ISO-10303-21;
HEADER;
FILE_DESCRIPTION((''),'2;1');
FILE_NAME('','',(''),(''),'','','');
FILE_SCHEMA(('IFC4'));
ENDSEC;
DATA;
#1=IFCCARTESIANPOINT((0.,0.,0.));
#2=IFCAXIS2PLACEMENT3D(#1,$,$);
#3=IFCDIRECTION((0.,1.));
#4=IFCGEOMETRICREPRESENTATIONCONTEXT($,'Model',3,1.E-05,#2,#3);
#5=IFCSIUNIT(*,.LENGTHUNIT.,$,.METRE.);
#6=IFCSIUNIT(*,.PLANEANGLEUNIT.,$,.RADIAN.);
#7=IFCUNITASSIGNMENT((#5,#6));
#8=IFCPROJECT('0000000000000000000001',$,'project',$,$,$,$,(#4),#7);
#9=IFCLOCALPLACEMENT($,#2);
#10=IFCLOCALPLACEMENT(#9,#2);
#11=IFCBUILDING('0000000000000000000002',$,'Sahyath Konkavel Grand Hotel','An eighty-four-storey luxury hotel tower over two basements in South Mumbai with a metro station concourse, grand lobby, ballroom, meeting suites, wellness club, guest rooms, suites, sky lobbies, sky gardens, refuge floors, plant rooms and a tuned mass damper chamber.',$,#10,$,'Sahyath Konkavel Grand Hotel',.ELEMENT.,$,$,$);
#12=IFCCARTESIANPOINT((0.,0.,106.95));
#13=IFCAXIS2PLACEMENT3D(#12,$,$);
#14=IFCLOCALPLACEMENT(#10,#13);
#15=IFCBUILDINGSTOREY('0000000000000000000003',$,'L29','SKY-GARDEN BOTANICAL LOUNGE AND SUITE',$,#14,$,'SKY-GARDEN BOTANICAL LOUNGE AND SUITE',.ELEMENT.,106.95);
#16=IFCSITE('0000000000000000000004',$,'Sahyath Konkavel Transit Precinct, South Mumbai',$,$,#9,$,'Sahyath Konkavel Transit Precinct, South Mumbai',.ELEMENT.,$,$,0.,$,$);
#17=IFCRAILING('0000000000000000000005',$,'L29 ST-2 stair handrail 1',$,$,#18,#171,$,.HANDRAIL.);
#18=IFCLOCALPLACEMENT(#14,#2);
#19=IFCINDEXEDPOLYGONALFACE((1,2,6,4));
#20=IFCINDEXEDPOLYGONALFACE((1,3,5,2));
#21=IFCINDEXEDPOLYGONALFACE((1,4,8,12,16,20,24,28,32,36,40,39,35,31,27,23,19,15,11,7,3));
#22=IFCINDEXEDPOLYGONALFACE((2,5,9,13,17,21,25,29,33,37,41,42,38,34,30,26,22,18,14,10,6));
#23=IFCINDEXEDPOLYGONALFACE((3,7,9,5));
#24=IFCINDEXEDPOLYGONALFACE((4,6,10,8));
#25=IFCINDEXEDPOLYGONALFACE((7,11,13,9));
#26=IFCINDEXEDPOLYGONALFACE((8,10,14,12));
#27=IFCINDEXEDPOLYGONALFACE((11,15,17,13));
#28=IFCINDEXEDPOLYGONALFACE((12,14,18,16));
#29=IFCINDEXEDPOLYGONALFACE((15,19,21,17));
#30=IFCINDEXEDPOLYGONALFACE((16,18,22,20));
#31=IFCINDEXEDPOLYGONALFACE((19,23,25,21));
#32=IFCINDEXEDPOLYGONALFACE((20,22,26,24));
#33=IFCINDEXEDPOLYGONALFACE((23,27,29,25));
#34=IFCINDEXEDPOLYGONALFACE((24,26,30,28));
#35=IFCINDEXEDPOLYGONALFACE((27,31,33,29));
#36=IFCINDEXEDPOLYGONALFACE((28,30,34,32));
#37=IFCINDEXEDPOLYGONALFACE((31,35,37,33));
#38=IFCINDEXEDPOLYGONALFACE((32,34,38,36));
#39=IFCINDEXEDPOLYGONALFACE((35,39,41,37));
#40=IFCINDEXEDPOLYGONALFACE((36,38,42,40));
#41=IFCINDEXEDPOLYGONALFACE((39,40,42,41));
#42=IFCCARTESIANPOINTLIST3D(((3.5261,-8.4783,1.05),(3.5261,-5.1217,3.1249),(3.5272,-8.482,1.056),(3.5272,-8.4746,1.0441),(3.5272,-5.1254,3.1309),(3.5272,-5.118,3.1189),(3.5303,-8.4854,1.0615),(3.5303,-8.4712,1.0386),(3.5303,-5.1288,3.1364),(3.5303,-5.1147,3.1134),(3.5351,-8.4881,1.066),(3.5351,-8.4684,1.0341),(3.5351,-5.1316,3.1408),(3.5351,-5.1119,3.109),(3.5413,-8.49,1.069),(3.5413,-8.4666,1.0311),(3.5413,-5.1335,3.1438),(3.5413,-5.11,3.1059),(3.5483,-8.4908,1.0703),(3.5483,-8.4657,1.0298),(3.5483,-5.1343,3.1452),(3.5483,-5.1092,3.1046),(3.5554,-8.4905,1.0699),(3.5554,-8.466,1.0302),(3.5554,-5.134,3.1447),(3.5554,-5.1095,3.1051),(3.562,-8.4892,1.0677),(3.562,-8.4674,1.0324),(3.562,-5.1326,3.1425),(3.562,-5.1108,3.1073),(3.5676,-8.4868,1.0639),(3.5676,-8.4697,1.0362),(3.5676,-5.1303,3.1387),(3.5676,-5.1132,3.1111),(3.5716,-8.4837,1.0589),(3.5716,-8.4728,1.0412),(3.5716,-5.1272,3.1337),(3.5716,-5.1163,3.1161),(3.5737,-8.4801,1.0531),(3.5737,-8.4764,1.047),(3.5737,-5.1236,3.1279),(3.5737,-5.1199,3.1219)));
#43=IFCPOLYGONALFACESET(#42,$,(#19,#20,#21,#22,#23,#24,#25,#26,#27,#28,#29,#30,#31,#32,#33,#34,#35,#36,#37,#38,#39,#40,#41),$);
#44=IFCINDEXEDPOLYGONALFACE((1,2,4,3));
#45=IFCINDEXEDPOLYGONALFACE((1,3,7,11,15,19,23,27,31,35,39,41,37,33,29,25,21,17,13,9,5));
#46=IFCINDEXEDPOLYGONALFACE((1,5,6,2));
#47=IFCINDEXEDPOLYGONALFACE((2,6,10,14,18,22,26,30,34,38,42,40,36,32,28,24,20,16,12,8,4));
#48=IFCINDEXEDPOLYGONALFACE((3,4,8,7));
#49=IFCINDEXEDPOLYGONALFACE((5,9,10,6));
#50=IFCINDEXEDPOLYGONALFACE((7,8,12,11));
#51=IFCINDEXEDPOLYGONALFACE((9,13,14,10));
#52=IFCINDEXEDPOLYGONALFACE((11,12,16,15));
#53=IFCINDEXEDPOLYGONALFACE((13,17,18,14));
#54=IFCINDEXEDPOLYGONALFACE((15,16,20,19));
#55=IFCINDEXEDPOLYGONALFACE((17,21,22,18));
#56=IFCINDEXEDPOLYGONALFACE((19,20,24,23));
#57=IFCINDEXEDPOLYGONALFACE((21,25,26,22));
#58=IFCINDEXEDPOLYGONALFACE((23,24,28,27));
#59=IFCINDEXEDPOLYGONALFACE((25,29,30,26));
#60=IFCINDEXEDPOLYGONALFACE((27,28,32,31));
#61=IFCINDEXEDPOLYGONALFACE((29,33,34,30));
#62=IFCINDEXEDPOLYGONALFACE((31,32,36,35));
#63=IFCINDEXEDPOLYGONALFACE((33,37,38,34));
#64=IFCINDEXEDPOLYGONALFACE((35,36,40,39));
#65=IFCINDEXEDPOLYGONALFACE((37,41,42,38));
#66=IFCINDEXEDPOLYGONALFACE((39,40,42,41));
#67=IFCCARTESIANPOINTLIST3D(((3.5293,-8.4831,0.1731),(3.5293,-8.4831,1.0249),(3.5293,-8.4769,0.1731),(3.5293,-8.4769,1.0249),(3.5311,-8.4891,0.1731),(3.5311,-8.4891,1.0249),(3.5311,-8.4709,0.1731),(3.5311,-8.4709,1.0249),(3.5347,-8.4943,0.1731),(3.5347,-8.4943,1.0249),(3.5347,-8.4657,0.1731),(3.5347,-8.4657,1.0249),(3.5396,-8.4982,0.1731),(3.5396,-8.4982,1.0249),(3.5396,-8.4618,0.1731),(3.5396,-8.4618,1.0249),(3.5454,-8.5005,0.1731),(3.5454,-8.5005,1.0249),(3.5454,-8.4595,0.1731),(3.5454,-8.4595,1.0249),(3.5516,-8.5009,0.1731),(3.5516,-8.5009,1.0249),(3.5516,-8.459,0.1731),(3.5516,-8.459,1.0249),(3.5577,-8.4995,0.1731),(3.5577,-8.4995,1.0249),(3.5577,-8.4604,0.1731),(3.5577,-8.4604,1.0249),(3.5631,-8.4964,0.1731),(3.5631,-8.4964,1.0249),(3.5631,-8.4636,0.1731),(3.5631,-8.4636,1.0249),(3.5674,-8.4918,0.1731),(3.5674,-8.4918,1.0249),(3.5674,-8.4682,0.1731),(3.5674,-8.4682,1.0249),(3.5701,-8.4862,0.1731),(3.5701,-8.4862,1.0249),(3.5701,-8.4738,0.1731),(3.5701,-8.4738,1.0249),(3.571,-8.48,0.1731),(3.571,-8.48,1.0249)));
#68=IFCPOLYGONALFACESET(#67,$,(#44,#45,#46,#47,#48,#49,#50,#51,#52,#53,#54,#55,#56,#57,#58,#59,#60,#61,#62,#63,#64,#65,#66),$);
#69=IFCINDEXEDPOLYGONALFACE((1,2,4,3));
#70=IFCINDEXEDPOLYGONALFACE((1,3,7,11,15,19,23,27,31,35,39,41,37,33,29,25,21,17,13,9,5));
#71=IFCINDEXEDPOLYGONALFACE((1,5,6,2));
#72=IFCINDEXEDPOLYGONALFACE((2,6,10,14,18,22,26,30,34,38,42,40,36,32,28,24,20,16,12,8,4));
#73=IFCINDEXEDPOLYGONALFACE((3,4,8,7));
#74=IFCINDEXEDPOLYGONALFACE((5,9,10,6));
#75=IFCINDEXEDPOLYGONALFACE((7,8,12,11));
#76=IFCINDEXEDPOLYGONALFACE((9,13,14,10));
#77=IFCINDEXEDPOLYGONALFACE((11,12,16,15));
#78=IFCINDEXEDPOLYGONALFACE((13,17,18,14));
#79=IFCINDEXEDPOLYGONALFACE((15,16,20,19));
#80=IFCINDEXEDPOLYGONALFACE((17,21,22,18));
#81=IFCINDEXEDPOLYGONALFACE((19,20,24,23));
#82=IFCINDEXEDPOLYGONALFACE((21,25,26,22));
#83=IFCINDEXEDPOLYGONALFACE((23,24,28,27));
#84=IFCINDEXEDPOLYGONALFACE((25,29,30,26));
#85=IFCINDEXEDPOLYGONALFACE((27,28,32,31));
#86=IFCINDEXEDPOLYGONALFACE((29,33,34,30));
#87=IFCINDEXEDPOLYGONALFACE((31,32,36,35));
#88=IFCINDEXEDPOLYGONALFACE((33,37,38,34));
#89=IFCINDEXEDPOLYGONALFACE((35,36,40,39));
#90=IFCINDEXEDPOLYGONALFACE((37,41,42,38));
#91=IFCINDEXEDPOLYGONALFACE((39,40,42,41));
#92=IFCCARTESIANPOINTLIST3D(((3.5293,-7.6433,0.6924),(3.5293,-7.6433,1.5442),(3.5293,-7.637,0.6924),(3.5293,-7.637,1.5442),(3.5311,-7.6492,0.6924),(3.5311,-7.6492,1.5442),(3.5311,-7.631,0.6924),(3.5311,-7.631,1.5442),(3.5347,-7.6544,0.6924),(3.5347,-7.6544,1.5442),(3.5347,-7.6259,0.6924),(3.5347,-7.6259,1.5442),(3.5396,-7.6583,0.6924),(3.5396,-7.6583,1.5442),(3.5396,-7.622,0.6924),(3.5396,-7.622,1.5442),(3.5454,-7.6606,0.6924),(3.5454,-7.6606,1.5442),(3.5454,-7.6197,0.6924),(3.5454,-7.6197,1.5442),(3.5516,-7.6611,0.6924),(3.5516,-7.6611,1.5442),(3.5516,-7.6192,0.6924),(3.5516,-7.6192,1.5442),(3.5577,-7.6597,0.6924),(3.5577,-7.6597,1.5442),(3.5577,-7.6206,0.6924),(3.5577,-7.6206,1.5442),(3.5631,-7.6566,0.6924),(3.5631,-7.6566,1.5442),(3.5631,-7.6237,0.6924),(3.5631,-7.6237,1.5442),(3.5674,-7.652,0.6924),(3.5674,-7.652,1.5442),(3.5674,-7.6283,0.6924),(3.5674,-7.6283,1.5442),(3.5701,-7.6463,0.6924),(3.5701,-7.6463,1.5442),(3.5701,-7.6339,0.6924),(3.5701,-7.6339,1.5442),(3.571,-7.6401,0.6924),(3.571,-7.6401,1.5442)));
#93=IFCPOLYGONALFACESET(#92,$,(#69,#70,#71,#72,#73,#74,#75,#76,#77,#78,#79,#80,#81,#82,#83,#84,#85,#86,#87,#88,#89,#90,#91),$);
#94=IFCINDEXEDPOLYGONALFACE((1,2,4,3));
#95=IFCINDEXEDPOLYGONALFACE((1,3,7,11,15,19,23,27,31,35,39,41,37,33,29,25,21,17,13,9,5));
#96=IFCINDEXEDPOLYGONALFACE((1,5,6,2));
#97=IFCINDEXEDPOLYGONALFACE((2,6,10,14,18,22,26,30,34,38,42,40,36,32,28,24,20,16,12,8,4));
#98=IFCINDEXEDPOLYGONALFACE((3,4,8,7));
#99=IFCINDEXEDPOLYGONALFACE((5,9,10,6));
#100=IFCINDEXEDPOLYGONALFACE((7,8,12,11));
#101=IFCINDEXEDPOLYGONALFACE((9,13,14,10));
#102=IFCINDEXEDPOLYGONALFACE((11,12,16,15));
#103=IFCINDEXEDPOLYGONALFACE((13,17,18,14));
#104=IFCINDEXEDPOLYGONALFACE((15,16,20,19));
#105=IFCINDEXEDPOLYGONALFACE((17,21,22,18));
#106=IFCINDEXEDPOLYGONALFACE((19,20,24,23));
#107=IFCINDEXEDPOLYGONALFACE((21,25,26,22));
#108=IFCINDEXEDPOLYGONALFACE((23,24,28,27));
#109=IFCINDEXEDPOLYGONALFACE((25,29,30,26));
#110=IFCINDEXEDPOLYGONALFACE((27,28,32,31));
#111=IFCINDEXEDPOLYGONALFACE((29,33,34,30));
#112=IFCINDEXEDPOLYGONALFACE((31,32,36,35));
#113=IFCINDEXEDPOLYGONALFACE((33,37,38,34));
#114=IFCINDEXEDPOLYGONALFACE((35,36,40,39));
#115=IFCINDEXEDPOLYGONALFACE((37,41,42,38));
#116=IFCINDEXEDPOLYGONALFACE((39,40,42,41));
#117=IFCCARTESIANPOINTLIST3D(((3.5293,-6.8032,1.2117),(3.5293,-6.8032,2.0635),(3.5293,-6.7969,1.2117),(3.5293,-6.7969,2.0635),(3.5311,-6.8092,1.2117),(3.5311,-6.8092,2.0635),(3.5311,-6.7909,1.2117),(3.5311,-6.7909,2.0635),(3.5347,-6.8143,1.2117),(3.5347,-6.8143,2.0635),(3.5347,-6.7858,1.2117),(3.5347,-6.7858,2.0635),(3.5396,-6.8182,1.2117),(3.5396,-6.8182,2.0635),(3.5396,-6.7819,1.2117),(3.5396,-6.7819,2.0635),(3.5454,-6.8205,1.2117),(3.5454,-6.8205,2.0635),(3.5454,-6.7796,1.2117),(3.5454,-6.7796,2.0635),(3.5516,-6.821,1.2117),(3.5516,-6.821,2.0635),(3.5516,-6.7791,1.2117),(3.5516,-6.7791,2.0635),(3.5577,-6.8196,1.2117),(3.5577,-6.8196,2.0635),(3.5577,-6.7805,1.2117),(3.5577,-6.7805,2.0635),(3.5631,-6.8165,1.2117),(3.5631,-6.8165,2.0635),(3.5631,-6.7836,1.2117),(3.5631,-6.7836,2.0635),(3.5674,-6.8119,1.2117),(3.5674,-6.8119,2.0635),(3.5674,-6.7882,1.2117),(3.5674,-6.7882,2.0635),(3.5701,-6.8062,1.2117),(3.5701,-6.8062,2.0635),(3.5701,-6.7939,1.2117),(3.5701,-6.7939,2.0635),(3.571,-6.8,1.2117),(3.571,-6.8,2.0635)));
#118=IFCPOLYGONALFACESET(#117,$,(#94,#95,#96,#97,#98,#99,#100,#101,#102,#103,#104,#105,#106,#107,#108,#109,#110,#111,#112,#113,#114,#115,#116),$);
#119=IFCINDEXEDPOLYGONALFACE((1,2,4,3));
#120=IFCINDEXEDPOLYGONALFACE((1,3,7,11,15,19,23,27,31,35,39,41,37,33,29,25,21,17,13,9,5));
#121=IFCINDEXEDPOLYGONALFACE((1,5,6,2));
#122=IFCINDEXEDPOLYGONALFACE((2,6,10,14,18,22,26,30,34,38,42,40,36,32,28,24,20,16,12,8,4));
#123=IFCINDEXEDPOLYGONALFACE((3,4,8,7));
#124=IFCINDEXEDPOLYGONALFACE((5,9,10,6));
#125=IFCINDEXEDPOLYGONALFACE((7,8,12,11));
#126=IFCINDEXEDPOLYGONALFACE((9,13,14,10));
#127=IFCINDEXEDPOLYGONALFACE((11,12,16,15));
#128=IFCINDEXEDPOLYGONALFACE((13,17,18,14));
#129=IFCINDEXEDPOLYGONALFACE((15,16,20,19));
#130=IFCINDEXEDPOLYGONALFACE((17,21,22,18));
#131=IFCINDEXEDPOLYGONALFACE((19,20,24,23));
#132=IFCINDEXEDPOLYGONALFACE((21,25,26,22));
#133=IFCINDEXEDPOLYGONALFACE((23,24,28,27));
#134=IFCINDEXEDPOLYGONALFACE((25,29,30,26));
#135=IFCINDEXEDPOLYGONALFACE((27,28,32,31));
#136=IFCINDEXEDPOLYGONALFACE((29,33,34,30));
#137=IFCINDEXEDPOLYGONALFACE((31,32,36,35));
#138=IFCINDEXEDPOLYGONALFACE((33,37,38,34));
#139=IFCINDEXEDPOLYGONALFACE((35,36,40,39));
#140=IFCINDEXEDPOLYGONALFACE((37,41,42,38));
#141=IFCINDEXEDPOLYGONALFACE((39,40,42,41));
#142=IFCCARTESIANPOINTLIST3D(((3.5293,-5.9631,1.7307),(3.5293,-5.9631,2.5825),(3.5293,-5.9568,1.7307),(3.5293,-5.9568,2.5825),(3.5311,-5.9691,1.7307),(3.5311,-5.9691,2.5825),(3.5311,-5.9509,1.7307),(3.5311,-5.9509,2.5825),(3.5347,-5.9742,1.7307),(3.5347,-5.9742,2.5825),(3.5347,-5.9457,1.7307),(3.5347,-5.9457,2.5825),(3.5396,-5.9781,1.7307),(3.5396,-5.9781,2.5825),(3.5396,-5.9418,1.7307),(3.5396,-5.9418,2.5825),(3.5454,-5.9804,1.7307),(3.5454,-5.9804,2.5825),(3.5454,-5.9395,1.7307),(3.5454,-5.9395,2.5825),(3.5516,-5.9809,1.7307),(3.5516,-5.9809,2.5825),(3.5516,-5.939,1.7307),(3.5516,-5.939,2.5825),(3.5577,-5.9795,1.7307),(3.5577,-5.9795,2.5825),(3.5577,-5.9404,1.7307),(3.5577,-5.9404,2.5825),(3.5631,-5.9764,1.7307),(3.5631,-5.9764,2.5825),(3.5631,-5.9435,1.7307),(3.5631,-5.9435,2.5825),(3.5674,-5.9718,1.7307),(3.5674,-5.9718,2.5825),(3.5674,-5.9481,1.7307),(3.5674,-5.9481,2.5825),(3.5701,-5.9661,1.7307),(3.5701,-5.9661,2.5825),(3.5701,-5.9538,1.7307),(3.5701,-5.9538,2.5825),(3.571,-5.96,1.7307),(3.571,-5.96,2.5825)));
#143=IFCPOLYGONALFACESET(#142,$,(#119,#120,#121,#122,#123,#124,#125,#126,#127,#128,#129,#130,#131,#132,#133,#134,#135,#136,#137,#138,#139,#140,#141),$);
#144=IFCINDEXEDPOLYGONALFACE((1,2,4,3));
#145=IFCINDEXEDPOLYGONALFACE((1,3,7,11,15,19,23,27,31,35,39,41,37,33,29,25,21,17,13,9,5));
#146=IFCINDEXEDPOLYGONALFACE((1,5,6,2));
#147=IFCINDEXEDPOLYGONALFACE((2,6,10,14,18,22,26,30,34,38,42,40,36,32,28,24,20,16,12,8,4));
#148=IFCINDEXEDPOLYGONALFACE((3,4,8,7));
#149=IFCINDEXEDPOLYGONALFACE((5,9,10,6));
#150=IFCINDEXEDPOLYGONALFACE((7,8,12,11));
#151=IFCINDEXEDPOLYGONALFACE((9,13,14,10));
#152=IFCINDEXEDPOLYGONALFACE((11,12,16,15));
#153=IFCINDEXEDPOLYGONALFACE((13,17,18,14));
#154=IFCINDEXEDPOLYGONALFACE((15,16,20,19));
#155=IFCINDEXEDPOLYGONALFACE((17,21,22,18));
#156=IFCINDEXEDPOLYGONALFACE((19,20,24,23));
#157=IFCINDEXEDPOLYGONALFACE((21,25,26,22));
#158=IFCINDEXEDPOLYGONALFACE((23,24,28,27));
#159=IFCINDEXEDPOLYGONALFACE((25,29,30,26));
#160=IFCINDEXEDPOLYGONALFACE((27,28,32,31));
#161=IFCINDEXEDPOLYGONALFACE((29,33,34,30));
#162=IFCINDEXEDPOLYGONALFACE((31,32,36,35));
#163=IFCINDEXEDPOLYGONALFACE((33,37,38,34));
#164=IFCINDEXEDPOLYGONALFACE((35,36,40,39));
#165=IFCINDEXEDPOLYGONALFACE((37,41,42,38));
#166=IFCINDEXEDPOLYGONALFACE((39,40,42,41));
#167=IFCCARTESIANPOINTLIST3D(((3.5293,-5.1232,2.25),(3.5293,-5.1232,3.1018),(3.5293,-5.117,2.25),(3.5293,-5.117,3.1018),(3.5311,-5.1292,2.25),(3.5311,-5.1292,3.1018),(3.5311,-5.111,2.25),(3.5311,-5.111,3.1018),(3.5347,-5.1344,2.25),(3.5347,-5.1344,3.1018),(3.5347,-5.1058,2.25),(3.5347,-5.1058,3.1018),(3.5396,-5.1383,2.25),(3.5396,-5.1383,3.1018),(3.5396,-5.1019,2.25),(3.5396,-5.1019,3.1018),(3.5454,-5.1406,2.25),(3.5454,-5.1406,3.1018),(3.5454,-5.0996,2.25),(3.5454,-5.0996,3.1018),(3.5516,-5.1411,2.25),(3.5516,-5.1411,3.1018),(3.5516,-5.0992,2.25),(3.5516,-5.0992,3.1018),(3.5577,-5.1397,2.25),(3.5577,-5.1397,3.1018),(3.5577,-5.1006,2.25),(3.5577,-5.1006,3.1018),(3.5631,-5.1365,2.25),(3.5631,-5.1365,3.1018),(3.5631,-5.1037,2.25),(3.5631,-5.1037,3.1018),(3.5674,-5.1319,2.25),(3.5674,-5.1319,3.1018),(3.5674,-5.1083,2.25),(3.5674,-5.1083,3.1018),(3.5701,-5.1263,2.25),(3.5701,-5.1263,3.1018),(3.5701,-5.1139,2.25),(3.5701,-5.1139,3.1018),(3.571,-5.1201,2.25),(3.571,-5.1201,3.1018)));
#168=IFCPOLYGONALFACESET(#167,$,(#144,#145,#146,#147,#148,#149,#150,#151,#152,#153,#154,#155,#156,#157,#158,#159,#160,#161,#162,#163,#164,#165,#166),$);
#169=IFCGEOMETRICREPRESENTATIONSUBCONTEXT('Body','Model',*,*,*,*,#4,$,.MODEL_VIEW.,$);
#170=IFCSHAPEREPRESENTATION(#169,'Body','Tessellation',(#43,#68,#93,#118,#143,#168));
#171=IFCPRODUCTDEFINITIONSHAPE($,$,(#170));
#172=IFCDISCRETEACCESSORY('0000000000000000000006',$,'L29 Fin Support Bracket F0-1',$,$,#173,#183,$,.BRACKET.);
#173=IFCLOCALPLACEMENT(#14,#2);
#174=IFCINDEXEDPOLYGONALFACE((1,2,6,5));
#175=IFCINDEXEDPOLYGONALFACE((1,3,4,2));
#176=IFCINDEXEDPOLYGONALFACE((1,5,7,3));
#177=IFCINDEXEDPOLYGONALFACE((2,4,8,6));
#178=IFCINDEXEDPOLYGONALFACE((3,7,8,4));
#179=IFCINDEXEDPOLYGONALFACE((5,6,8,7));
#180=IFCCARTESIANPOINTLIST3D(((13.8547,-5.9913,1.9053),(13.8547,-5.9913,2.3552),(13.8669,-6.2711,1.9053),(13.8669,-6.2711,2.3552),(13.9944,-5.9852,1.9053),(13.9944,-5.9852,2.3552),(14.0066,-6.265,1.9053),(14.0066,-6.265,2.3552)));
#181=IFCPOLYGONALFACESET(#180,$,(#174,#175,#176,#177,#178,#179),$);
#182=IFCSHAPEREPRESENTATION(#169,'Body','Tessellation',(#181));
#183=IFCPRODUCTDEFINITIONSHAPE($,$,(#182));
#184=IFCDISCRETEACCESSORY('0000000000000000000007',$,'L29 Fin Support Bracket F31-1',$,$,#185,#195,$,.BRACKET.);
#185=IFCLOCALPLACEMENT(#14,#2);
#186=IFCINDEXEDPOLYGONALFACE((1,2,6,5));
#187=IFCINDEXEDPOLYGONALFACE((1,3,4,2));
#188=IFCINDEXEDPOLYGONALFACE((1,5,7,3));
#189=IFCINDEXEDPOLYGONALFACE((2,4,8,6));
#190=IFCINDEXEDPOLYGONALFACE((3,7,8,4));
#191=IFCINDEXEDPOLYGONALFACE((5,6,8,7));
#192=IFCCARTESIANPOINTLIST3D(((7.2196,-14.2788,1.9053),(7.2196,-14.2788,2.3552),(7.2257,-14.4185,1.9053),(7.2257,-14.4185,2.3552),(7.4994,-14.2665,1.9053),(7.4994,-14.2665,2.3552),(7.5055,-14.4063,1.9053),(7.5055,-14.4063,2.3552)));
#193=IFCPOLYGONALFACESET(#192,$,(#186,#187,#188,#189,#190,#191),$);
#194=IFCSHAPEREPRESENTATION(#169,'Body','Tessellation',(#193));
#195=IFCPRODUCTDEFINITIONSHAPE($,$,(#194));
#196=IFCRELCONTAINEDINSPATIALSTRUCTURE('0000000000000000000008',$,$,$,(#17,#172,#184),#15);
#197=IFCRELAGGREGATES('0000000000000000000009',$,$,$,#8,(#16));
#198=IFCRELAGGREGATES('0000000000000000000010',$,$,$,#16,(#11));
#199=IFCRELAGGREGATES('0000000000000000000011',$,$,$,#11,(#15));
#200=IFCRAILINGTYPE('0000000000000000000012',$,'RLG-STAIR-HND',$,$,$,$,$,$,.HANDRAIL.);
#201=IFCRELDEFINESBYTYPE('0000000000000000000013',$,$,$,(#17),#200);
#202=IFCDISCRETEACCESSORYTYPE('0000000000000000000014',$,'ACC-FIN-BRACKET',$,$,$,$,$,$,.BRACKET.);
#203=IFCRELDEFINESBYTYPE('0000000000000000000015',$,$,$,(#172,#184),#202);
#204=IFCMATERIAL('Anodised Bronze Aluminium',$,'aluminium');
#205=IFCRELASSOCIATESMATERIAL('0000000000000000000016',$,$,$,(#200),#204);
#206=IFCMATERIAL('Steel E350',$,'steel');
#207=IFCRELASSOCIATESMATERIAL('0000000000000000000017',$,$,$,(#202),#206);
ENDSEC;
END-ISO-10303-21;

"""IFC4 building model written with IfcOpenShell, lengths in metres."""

from ifc_helpers import new_model, si_unit, direction, frame, origin, origin_2d, place, context, subcontext, project, spatial, rectangle, circle, extrude, source, transform, mapped, material, type_object, element, save


model = new_model("IFC4")

# Units and contexts
model_context = context("Model", 3, precision=1e-05, world=origin(), true_north=direction((0.0, 1.0)))
body_context = subcontext(model_context, "Body", "Model", "MODEL_VIEW")
ifc_project = project(units=[si_unit("LENGTHUNIT", "METRE"), si_unit("PLANEANGLEUNIT", "RADIAN")], contexts=[model_context])

# Site, building, storey
site_placement = place(None, origin())
site = spatial("IfcSite", under=ifc_project, at=site_placement, Name="Sahyath Konkavel Transit Precinct, South Mumbai", LongName="Sahyath Konkavel Transit Precinct, South Mumbai", CompositionType="ELEMENT", RefElevation=0.0)
building_placement = place(site_placement, origin())
building = spatial("IfcBuilding", under=site, at=building_placement, Name="Sahyath Konkavel Grand Hotel", Description="An eighty-four-storey luxury hotel tower over two basements in South Mumbai with a metro station concourse, grand lobby, ballroom, meeting suites, wellness club, guest rooms, suites, sky lobbies, sky gardens, refuge floors, plant rooms and a tuned mass damper chamber.", LongName="Sahyath Konkavel Grand Hotel", CompositionType="ELEMENT")
storey_placement = place(building_placement, frame((0.0, 0.0, 106.95)))
storey = spatial("IfcBuildingStorey", under=building, at=storey_placement, Name="L29", Description="SKY-GARDEN BOTANICAL LOUNGE AND SUITE", LongName="SKY-GARDEN BOTANICAL LOUNGE AND SUITE", CompositionType="ELEMENT", Elevation=106.95)

# Shared definitions
ifc_material_1 = material(Name="Steel E350", Category="steel")

# Shared definitions
ifc_material_2 = material(Name="Anodised Bronze Aluminium", Category="aluminium")

# Railing
railing_type_1 = type_object("IfcRailingType", Name="RLG-STAIR-HND", PredefinedType="HANDRAIL", material=ifc_material_2)
railing_1_placement = place(storey_placement, frame((3.55, -8.48, 0.1731)))
element("IfcRailing", 1, at=railing_1_placement, inside=storey, type_object=railing_type_1, Name="L29 ST-2 stair handrail 1", PredefinedType="HANDRAIL", context=body_context, shape_type="SweptSolid", body=[
    extrude(circle(Radius=0.0239, at=origin_2d()), frame((0.0, 0.0017, 0.877), z_axis=(0.0, 0.850606, 0.525803), x_axis=(-1.0, 0.0, 0.0)), (0.0, 0.0, 1.0), 3.946),
    extrude(circle(Radius=0.021, at=origin_2d()), origin(), (0.0, 0.0, 1.0), 0.8518),
    extrude(circle(Radius=0.021, at=origin_2d()), frame((0.0, 0.8398, 0.5193)), (0.0, 0.0, 1.0), 0.8518),
    extrude(circle(Radius=0.021, at=origin_2d()), frame((0.0, 1.6799, 1.0386)), (0.0, 0.0, 1.0), 0.8518),
    extrude(circle(Radius=0.021, at=origin_2d()), frame((0.0, 2.52, 1.5576)), (0.0, 0.0, 1.0), 0.8518),
    extrude(circle(Radius=0.021, at=origin_2d()), frame((0.0, 3.3599, 2.0769)), (0.0, 0.0, 1.0), 0.8518),
])

# Discrete accessories
discrete_accessory_type = type_object("IfcDiscreteAccessoryType", Name="ACC-FIN-BRACKET", PredefinedType="BRACKET", material=ifc_material_1)
shared_shape_1 = source(origin(), body_context, "Body", "SweptSolid", [
    extrude(rectangle(XDim=0.28, YDim=0.1399, at=origin_2d()), origin(), (0.0, 0.0, 1.0), 0.45),
])
for number, where, z_axis, x_axis, name in (
    (2, (13.9307, -6.1282, 1.9053), (0.0, 0.0, 1.0), (0.043602, -0.999049, 0.0), "L29 Fin Support Bracket F0-1"),
    (3, (7.3625, -14.3425, 1.9053), (0.0, 0.0, 1.0), (0.999048, 0.043619, 0.0), "L29 Fin Support Bracket F31-1"),
):
    element("IfcDiscreteAccessory", number, at=place(storey_placement, frame(where, z_axis=z_axis, x_axis=x_axis)), inside=storey, type_object=discrete_accessory_type, Name=name, PredefinedType="BRACKET", context=body_context, shape_type="MappedRepresentation", body=[
        mapped(shared_shape_1, transform((0.0, 0.0, 0.0), scale=1.0)),
    ])

save(model, "model.ifc")
